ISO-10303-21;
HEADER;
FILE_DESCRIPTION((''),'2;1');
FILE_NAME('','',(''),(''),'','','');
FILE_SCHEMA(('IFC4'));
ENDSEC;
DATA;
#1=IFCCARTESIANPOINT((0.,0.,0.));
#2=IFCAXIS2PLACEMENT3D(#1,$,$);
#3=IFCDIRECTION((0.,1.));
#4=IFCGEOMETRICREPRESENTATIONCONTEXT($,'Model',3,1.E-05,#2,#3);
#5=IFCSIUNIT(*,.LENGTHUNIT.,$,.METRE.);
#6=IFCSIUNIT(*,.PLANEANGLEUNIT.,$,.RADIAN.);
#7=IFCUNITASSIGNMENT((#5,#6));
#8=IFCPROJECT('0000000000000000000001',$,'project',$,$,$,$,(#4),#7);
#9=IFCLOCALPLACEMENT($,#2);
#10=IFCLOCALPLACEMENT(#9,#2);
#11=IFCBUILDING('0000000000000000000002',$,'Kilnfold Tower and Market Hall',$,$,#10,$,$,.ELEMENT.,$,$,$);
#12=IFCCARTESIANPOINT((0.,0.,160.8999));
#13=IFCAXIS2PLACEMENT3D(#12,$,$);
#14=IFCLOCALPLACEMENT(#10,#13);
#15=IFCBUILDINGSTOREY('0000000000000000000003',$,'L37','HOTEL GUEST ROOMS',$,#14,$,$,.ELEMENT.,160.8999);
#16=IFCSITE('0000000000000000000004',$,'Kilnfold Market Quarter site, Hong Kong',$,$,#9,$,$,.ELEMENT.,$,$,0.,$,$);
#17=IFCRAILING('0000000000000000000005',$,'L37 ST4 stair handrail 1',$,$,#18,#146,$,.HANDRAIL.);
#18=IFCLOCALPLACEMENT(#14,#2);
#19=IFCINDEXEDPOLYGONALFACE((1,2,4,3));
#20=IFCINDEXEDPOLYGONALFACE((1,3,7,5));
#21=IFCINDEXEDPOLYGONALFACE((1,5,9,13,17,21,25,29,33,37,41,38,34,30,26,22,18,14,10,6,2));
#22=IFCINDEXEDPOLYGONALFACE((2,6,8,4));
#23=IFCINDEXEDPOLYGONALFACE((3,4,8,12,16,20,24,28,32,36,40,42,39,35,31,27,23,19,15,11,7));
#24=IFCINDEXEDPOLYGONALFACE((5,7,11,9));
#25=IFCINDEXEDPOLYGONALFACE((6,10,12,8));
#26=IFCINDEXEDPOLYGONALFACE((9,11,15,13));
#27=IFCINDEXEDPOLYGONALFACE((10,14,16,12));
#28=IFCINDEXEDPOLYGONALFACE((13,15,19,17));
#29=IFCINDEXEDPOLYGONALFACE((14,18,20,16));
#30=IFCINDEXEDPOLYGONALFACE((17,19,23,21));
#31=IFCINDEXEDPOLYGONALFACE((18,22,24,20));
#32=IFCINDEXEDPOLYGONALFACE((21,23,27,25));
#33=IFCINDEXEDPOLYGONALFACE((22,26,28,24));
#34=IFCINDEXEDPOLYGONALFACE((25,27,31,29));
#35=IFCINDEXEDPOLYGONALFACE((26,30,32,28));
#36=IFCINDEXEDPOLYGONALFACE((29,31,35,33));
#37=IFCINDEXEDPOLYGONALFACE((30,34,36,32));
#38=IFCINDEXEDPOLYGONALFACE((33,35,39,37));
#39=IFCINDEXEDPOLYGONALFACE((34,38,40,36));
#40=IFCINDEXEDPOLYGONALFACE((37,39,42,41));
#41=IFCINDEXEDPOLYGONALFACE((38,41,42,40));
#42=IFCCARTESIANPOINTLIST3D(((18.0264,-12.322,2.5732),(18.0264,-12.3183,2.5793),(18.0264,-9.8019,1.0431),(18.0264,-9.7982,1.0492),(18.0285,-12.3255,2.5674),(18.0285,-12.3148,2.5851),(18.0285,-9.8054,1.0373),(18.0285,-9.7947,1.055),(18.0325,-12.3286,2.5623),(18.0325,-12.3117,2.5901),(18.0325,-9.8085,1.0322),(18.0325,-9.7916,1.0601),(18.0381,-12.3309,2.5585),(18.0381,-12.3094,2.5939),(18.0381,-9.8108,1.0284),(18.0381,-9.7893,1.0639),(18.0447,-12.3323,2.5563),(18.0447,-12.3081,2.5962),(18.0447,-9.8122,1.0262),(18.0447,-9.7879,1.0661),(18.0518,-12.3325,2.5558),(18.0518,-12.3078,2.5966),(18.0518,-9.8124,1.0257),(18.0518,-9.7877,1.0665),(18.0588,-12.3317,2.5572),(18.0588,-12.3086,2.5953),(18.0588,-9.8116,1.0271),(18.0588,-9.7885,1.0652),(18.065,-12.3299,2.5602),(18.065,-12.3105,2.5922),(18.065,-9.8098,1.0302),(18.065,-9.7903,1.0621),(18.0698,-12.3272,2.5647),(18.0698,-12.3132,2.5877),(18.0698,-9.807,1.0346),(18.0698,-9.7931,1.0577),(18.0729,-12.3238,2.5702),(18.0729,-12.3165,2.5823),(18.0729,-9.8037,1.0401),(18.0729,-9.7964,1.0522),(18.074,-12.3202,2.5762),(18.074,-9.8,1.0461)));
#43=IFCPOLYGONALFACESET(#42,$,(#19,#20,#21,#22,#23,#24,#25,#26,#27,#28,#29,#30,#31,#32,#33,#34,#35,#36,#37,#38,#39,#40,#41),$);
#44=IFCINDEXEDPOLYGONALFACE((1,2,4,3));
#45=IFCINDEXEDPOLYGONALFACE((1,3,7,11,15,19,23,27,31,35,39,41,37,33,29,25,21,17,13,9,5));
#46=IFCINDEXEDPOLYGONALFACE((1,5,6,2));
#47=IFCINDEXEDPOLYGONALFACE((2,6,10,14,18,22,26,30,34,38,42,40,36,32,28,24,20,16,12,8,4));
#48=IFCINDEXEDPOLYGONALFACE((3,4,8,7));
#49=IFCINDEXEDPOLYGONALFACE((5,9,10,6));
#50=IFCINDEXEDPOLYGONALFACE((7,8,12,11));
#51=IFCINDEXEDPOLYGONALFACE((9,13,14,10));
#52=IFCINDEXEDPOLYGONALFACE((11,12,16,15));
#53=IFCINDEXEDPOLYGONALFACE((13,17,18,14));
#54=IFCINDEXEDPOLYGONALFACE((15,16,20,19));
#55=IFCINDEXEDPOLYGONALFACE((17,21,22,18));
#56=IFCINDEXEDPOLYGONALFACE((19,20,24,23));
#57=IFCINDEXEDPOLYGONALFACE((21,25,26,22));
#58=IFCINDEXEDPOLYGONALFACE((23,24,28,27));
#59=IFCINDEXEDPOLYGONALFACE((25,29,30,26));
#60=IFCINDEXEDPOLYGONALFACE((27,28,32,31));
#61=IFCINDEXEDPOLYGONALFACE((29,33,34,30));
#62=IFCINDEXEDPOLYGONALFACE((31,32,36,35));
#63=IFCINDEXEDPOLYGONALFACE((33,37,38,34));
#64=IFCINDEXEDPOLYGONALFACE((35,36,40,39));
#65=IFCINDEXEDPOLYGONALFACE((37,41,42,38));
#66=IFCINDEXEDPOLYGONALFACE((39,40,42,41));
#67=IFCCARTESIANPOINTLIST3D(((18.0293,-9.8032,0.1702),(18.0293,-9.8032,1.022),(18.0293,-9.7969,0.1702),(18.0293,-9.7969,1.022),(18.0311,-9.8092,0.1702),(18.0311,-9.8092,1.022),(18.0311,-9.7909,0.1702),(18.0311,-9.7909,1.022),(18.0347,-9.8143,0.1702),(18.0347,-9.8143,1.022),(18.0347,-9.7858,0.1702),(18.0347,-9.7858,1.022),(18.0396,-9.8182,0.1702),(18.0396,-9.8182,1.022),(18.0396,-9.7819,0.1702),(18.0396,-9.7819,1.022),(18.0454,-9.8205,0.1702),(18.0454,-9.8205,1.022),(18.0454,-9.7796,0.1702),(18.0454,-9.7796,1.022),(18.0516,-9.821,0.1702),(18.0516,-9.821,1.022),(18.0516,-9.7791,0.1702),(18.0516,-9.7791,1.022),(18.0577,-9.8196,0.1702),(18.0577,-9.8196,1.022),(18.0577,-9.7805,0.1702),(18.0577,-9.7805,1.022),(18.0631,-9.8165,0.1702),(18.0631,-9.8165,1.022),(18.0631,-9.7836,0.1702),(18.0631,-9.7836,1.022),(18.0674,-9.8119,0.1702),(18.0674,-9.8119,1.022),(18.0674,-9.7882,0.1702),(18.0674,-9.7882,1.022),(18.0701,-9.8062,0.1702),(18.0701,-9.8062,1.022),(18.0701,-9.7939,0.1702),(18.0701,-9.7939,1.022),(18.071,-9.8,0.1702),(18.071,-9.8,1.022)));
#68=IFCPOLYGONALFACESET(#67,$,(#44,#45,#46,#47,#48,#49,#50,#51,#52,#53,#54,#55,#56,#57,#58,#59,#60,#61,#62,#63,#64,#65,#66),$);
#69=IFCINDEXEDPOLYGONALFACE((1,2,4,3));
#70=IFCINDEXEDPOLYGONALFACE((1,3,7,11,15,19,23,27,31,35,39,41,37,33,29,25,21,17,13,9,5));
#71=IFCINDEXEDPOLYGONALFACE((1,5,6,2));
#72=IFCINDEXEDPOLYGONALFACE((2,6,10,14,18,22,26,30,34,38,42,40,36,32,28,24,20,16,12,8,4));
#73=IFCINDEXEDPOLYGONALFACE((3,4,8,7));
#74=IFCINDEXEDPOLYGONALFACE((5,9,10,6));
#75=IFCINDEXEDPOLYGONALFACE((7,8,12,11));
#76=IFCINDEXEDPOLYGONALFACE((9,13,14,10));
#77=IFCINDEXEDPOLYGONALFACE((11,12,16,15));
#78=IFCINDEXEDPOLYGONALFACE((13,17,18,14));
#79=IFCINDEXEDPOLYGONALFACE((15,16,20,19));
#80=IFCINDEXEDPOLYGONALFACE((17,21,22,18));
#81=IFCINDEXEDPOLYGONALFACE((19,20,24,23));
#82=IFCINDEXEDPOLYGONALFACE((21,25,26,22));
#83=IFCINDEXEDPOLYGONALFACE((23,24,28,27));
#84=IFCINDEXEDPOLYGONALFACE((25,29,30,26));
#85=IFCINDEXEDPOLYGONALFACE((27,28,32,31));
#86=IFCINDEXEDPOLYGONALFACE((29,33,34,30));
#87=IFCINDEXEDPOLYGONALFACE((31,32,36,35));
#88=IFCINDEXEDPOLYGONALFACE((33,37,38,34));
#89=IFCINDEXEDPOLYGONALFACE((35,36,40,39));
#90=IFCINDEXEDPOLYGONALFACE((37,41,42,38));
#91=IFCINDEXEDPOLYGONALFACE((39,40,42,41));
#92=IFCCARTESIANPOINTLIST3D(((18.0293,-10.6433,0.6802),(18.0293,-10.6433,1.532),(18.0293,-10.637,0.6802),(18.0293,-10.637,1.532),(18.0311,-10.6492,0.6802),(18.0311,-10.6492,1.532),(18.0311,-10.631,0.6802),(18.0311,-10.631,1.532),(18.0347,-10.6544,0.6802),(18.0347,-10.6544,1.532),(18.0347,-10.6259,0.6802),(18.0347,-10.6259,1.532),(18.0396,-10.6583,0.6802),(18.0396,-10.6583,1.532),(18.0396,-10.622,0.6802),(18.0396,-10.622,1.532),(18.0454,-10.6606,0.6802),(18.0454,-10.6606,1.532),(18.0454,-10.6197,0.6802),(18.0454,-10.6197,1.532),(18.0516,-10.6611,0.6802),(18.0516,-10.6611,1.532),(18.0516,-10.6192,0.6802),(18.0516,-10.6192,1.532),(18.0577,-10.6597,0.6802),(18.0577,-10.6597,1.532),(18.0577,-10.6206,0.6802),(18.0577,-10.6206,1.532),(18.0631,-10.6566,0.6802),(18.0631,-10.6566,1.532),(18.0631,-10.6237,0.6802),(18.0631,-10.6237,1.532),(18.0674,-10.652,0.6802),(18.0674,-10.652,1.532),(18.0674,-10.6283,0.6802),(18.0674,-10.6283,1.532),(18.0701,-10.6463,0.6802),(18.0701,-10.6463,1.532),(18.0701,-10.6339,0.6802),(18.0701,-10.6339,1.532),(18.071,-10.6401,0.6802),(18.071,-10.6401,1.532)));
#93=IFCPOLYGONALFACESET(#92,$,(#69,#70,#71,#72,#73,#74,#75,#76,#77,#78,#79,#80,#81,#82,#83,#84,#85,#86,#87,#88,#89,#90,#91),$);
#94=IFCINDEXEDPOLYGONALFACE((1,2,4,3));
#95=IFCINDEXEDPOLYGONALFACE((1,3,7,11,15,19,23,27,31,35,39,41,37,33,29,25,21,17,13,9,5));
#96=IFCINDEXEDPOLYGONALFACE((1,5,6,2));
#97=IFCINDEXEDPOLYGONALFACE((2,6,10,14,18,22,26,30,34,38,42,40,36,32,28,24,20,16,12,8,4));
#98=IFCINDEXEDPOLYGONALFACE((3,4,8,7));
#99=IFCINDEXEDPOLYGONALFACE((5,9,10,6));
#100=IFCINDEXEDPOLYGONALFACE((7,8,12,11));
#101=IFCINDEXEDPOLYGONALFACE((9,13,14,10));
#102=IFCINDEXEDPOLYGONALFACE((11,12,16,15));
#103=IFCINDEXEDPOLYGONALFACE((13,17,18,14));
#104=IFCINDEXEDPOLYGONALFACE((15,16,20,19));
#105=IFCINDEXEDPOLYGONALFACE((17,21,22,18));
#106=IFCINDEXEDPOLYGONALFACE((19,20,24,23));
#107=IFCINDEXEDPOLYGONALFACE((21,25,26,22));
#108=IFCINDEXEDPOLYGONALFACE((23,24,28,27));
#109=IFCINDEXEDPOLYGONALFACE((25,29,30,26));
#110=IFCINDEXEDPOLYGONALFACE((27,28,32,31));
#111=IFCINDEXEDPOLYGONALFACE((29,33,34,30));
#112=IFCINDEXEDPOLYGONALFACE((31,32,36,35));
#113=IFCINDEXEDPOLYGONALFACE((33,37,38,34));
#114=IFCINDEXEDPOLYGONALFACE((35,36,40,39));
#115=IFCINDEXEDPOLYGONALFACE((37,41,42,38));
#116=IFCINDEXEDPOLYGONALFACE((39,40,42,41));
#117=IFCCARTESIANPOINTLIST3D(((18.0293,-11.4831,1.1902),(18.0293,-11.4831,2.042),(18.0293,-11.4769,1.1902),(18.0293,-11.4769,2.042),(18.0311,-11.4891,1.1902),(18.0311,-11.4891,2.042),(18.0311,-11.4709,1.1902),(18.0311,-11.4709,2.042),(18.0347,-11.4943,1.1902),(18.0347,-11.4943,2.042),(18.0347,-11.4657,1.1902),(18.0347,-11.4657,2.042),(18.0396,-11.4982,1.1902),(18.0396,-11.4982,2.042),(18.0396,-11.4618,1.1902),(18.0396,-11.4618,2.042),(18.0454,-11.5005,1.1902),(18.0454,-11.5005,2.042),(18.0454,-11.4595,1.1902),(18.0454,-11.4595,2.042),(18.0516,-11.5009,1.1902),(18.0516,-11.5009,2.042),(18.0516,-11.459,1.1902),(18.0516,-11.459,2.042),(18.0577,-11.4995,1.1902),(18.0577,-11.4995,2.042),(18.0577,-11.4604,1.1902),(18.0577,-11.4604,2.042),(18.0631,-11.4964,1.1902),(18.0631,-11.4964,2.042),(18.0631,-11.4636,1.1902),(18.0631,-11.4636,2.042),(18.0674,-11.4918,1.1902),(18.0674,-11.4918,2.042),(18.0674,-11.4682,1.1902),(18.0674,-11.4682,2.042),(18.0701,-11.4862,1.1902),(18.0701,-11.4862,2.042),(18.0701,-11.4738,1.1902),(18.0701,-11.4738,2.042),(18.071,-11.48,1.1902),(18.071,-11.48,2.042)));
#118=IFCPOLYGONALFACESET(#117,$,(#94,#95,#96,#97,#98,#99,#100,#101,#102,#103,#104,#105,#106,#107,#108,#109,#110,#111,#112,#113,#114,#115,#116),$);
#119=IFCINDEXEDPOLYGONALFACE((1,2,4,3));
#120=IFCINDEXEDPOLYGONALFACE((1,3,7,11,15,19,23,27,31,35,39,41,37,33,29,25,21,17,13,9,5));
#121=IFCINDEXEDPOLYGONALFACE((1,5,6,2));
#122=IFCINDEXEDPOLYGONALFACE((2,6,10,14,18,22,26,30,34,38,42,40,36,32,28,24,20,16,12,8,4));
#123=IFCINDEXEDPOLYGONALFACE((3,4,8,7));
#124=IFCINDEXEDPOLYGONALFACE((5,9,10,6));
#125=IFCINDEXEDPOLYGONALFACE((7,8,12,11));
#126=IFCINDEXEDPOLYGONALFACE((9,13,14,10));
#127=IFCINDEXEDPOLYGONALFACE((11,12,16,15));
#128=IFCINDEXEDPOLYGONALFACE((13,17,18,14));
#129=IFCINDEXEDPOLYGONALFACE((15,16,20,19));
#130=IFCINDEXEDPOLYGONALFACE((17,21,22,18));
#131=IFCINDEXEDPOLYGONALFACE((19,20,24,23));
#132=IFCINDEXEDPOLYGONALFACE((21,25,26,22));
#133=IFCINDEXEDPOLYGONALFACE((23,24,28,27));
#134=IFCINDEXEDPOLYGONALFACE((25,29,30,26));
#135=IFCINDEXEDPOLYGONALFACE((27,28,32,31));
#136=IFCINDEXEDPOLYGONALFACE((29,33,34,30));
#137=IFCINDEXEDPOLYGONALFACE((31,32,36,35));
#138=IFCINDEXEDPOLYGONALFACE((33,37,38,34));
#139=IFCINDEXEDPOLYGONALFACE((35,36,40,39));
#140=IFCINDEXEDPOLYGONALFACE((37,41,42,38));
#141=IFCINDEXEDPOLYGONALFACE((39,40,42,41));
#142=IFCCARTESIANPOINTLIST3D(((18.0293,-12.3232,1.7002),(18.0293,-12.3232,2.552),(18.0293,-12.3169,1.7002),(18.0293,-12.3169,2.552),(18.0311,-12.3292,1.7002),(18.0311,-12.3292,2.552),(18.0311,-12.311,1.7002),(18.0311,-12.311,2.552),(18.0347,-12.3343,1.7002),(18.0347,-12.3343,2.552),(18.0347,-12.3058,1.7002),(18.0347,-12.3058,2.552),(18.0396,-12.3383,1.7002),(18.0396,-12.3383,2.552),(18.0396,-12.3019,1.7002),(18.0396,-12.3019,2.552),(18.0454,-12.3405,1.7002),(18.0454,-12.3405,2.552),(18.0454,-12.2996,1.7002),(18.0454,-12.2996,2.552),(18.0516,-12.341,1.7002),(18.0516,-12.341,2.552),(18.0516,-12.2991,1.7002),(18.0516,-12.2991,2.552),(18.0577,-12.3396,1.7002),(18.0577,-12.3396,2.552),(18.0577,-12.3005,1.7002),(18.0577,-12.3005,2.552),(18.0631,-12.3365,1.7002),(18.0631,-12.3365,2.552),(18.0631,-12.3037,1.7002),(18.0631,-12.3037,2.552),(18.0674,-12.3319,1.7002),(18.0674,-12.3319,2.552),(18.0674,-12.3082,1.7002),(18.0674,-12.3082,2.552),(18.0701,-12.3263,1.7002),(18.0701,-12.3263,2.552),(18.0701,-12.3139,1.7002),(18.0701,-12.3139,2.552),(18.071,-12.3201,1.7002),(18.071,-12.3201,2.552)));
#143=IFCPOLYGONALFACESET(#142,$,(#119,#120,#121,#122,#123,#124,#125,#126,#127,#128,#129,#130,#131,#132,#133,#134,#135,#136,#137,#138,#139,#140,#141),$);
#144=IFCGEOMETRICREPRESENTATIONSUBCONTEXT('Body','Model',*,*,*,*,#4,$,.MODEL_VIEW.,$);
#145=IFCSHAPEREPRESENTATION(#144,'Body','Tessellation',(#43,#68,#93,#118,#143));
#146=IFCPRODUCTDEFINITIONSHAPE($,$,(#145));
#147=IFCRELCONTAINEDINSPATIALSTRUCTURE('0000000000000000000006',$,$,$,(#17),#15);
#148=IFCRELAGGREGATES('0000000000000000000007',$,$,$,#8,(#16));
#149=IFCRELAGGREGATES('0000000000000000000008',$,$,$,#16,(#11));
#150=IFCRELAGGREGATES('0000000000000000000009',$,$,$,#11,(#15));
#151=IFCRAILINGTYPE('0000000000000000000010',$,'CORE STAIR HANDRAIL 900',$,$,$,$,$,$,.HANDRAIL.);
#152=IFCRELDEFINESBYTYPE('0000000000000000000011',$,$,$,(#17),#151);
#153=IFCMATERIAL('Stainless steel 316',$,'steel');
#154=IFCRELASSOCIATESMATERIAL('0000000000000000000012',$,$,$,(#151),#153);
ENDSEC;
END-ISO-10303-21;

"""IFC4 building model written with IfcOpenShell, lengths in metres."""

from ifc_helpers import new_model, si_unit, direction, frame, origin, origin_2d, place, context, subcontext, project, spatial, circle, extrude, material, type_object, element, save


model = new_model("IFC4")

# Units and contexts
model_context = context("Model", 3, precision=1e-05, world=origin(), true_north=direction((0.0, 1.0)))
body_context = subcontext(model_context, "Body", "Model", "MODEL_VIEW")
ifc_project = project(units=[si_unit("LENGTHUNIT", "METRE"), si_unit("PLANEANGLEUNIT", "RADIAN")], contexts=[model_context])

# Site, building, storey
site_placement = place(None, origin())
site = spatial("IfcSite", under=ifc_project, at=site_placement, Name="Kilnfold Market Quarter site, Hong Kong", CompositionType="ELEMENT", RefElevation=0.0)
building_placement = place(site_placement, origin())
building = spatial("IfcBuilding", under=site, at=building_placement, Name="Kilnfold Tower and Market Hall", CompositionType="ELEMENT")
storey_placement = place(building_placement, frame((0.0, 0.0, 160.8999)))
storey = spatial("IfcBuildingStorey", under=building, at=storey_placement, Name="L37", Description="HOTEL GUEST ROOMS", CompositionType="ELEMENT", Elevation=160.8999)

# Railing
ifc_material_1 = material(Name="Stainless steel 316", Category="steel")
railing_type_1 = type_object("IfcRailingType", Name="CORE STAIR HANDRAIL 900", PredefinedType="HANDRAIL", material=ifc_material_1)
railing_1_placement = place(storey_placement, frame((18.05, -9.8, 0.1702)))
element("IfcRailing", 1, at=railing_1_placement, inside=storey, type_object=railing_type_1, Name="L37 ST4 stair handrail 1", PredefinedType="HANDRAIL", context=body_context, shape_type="SweptSolid", body=[
    extrude(circle(Radius=0.0239, at=origin_2d()), frame((0.0, 0.0, 0.876), z_axis=(0.0, -0.854785, 0.518982), x_axis=(1.0, 0.0, 0.0)), (0.0, 0.0, 1.0), 2.9482),
    extrude(circle(Radius=0.021, at=origin_2d()), origin(), (0.0, 0.0, 1.0), 0.8518),
    extrude(circle(Radius=0.021, at=origin_2d()), frame((0.0, -0.8401, 0.51)), (0.0, 0.0, 1.0), 0.8518),
    extrude(circle(Radius=0.021, at=origin_2d()), frame((0.0, -1.6799, 1.02)), (0.0, 0.0, 1.0), 0.8518),
    extrude(circle(Radius=0.021, at=origin_2d()), frame((0.0, -2.52, 1.53)), (0.0, 0.0, 1.0), 0.8518),
])

save(model, "model.ifc")
